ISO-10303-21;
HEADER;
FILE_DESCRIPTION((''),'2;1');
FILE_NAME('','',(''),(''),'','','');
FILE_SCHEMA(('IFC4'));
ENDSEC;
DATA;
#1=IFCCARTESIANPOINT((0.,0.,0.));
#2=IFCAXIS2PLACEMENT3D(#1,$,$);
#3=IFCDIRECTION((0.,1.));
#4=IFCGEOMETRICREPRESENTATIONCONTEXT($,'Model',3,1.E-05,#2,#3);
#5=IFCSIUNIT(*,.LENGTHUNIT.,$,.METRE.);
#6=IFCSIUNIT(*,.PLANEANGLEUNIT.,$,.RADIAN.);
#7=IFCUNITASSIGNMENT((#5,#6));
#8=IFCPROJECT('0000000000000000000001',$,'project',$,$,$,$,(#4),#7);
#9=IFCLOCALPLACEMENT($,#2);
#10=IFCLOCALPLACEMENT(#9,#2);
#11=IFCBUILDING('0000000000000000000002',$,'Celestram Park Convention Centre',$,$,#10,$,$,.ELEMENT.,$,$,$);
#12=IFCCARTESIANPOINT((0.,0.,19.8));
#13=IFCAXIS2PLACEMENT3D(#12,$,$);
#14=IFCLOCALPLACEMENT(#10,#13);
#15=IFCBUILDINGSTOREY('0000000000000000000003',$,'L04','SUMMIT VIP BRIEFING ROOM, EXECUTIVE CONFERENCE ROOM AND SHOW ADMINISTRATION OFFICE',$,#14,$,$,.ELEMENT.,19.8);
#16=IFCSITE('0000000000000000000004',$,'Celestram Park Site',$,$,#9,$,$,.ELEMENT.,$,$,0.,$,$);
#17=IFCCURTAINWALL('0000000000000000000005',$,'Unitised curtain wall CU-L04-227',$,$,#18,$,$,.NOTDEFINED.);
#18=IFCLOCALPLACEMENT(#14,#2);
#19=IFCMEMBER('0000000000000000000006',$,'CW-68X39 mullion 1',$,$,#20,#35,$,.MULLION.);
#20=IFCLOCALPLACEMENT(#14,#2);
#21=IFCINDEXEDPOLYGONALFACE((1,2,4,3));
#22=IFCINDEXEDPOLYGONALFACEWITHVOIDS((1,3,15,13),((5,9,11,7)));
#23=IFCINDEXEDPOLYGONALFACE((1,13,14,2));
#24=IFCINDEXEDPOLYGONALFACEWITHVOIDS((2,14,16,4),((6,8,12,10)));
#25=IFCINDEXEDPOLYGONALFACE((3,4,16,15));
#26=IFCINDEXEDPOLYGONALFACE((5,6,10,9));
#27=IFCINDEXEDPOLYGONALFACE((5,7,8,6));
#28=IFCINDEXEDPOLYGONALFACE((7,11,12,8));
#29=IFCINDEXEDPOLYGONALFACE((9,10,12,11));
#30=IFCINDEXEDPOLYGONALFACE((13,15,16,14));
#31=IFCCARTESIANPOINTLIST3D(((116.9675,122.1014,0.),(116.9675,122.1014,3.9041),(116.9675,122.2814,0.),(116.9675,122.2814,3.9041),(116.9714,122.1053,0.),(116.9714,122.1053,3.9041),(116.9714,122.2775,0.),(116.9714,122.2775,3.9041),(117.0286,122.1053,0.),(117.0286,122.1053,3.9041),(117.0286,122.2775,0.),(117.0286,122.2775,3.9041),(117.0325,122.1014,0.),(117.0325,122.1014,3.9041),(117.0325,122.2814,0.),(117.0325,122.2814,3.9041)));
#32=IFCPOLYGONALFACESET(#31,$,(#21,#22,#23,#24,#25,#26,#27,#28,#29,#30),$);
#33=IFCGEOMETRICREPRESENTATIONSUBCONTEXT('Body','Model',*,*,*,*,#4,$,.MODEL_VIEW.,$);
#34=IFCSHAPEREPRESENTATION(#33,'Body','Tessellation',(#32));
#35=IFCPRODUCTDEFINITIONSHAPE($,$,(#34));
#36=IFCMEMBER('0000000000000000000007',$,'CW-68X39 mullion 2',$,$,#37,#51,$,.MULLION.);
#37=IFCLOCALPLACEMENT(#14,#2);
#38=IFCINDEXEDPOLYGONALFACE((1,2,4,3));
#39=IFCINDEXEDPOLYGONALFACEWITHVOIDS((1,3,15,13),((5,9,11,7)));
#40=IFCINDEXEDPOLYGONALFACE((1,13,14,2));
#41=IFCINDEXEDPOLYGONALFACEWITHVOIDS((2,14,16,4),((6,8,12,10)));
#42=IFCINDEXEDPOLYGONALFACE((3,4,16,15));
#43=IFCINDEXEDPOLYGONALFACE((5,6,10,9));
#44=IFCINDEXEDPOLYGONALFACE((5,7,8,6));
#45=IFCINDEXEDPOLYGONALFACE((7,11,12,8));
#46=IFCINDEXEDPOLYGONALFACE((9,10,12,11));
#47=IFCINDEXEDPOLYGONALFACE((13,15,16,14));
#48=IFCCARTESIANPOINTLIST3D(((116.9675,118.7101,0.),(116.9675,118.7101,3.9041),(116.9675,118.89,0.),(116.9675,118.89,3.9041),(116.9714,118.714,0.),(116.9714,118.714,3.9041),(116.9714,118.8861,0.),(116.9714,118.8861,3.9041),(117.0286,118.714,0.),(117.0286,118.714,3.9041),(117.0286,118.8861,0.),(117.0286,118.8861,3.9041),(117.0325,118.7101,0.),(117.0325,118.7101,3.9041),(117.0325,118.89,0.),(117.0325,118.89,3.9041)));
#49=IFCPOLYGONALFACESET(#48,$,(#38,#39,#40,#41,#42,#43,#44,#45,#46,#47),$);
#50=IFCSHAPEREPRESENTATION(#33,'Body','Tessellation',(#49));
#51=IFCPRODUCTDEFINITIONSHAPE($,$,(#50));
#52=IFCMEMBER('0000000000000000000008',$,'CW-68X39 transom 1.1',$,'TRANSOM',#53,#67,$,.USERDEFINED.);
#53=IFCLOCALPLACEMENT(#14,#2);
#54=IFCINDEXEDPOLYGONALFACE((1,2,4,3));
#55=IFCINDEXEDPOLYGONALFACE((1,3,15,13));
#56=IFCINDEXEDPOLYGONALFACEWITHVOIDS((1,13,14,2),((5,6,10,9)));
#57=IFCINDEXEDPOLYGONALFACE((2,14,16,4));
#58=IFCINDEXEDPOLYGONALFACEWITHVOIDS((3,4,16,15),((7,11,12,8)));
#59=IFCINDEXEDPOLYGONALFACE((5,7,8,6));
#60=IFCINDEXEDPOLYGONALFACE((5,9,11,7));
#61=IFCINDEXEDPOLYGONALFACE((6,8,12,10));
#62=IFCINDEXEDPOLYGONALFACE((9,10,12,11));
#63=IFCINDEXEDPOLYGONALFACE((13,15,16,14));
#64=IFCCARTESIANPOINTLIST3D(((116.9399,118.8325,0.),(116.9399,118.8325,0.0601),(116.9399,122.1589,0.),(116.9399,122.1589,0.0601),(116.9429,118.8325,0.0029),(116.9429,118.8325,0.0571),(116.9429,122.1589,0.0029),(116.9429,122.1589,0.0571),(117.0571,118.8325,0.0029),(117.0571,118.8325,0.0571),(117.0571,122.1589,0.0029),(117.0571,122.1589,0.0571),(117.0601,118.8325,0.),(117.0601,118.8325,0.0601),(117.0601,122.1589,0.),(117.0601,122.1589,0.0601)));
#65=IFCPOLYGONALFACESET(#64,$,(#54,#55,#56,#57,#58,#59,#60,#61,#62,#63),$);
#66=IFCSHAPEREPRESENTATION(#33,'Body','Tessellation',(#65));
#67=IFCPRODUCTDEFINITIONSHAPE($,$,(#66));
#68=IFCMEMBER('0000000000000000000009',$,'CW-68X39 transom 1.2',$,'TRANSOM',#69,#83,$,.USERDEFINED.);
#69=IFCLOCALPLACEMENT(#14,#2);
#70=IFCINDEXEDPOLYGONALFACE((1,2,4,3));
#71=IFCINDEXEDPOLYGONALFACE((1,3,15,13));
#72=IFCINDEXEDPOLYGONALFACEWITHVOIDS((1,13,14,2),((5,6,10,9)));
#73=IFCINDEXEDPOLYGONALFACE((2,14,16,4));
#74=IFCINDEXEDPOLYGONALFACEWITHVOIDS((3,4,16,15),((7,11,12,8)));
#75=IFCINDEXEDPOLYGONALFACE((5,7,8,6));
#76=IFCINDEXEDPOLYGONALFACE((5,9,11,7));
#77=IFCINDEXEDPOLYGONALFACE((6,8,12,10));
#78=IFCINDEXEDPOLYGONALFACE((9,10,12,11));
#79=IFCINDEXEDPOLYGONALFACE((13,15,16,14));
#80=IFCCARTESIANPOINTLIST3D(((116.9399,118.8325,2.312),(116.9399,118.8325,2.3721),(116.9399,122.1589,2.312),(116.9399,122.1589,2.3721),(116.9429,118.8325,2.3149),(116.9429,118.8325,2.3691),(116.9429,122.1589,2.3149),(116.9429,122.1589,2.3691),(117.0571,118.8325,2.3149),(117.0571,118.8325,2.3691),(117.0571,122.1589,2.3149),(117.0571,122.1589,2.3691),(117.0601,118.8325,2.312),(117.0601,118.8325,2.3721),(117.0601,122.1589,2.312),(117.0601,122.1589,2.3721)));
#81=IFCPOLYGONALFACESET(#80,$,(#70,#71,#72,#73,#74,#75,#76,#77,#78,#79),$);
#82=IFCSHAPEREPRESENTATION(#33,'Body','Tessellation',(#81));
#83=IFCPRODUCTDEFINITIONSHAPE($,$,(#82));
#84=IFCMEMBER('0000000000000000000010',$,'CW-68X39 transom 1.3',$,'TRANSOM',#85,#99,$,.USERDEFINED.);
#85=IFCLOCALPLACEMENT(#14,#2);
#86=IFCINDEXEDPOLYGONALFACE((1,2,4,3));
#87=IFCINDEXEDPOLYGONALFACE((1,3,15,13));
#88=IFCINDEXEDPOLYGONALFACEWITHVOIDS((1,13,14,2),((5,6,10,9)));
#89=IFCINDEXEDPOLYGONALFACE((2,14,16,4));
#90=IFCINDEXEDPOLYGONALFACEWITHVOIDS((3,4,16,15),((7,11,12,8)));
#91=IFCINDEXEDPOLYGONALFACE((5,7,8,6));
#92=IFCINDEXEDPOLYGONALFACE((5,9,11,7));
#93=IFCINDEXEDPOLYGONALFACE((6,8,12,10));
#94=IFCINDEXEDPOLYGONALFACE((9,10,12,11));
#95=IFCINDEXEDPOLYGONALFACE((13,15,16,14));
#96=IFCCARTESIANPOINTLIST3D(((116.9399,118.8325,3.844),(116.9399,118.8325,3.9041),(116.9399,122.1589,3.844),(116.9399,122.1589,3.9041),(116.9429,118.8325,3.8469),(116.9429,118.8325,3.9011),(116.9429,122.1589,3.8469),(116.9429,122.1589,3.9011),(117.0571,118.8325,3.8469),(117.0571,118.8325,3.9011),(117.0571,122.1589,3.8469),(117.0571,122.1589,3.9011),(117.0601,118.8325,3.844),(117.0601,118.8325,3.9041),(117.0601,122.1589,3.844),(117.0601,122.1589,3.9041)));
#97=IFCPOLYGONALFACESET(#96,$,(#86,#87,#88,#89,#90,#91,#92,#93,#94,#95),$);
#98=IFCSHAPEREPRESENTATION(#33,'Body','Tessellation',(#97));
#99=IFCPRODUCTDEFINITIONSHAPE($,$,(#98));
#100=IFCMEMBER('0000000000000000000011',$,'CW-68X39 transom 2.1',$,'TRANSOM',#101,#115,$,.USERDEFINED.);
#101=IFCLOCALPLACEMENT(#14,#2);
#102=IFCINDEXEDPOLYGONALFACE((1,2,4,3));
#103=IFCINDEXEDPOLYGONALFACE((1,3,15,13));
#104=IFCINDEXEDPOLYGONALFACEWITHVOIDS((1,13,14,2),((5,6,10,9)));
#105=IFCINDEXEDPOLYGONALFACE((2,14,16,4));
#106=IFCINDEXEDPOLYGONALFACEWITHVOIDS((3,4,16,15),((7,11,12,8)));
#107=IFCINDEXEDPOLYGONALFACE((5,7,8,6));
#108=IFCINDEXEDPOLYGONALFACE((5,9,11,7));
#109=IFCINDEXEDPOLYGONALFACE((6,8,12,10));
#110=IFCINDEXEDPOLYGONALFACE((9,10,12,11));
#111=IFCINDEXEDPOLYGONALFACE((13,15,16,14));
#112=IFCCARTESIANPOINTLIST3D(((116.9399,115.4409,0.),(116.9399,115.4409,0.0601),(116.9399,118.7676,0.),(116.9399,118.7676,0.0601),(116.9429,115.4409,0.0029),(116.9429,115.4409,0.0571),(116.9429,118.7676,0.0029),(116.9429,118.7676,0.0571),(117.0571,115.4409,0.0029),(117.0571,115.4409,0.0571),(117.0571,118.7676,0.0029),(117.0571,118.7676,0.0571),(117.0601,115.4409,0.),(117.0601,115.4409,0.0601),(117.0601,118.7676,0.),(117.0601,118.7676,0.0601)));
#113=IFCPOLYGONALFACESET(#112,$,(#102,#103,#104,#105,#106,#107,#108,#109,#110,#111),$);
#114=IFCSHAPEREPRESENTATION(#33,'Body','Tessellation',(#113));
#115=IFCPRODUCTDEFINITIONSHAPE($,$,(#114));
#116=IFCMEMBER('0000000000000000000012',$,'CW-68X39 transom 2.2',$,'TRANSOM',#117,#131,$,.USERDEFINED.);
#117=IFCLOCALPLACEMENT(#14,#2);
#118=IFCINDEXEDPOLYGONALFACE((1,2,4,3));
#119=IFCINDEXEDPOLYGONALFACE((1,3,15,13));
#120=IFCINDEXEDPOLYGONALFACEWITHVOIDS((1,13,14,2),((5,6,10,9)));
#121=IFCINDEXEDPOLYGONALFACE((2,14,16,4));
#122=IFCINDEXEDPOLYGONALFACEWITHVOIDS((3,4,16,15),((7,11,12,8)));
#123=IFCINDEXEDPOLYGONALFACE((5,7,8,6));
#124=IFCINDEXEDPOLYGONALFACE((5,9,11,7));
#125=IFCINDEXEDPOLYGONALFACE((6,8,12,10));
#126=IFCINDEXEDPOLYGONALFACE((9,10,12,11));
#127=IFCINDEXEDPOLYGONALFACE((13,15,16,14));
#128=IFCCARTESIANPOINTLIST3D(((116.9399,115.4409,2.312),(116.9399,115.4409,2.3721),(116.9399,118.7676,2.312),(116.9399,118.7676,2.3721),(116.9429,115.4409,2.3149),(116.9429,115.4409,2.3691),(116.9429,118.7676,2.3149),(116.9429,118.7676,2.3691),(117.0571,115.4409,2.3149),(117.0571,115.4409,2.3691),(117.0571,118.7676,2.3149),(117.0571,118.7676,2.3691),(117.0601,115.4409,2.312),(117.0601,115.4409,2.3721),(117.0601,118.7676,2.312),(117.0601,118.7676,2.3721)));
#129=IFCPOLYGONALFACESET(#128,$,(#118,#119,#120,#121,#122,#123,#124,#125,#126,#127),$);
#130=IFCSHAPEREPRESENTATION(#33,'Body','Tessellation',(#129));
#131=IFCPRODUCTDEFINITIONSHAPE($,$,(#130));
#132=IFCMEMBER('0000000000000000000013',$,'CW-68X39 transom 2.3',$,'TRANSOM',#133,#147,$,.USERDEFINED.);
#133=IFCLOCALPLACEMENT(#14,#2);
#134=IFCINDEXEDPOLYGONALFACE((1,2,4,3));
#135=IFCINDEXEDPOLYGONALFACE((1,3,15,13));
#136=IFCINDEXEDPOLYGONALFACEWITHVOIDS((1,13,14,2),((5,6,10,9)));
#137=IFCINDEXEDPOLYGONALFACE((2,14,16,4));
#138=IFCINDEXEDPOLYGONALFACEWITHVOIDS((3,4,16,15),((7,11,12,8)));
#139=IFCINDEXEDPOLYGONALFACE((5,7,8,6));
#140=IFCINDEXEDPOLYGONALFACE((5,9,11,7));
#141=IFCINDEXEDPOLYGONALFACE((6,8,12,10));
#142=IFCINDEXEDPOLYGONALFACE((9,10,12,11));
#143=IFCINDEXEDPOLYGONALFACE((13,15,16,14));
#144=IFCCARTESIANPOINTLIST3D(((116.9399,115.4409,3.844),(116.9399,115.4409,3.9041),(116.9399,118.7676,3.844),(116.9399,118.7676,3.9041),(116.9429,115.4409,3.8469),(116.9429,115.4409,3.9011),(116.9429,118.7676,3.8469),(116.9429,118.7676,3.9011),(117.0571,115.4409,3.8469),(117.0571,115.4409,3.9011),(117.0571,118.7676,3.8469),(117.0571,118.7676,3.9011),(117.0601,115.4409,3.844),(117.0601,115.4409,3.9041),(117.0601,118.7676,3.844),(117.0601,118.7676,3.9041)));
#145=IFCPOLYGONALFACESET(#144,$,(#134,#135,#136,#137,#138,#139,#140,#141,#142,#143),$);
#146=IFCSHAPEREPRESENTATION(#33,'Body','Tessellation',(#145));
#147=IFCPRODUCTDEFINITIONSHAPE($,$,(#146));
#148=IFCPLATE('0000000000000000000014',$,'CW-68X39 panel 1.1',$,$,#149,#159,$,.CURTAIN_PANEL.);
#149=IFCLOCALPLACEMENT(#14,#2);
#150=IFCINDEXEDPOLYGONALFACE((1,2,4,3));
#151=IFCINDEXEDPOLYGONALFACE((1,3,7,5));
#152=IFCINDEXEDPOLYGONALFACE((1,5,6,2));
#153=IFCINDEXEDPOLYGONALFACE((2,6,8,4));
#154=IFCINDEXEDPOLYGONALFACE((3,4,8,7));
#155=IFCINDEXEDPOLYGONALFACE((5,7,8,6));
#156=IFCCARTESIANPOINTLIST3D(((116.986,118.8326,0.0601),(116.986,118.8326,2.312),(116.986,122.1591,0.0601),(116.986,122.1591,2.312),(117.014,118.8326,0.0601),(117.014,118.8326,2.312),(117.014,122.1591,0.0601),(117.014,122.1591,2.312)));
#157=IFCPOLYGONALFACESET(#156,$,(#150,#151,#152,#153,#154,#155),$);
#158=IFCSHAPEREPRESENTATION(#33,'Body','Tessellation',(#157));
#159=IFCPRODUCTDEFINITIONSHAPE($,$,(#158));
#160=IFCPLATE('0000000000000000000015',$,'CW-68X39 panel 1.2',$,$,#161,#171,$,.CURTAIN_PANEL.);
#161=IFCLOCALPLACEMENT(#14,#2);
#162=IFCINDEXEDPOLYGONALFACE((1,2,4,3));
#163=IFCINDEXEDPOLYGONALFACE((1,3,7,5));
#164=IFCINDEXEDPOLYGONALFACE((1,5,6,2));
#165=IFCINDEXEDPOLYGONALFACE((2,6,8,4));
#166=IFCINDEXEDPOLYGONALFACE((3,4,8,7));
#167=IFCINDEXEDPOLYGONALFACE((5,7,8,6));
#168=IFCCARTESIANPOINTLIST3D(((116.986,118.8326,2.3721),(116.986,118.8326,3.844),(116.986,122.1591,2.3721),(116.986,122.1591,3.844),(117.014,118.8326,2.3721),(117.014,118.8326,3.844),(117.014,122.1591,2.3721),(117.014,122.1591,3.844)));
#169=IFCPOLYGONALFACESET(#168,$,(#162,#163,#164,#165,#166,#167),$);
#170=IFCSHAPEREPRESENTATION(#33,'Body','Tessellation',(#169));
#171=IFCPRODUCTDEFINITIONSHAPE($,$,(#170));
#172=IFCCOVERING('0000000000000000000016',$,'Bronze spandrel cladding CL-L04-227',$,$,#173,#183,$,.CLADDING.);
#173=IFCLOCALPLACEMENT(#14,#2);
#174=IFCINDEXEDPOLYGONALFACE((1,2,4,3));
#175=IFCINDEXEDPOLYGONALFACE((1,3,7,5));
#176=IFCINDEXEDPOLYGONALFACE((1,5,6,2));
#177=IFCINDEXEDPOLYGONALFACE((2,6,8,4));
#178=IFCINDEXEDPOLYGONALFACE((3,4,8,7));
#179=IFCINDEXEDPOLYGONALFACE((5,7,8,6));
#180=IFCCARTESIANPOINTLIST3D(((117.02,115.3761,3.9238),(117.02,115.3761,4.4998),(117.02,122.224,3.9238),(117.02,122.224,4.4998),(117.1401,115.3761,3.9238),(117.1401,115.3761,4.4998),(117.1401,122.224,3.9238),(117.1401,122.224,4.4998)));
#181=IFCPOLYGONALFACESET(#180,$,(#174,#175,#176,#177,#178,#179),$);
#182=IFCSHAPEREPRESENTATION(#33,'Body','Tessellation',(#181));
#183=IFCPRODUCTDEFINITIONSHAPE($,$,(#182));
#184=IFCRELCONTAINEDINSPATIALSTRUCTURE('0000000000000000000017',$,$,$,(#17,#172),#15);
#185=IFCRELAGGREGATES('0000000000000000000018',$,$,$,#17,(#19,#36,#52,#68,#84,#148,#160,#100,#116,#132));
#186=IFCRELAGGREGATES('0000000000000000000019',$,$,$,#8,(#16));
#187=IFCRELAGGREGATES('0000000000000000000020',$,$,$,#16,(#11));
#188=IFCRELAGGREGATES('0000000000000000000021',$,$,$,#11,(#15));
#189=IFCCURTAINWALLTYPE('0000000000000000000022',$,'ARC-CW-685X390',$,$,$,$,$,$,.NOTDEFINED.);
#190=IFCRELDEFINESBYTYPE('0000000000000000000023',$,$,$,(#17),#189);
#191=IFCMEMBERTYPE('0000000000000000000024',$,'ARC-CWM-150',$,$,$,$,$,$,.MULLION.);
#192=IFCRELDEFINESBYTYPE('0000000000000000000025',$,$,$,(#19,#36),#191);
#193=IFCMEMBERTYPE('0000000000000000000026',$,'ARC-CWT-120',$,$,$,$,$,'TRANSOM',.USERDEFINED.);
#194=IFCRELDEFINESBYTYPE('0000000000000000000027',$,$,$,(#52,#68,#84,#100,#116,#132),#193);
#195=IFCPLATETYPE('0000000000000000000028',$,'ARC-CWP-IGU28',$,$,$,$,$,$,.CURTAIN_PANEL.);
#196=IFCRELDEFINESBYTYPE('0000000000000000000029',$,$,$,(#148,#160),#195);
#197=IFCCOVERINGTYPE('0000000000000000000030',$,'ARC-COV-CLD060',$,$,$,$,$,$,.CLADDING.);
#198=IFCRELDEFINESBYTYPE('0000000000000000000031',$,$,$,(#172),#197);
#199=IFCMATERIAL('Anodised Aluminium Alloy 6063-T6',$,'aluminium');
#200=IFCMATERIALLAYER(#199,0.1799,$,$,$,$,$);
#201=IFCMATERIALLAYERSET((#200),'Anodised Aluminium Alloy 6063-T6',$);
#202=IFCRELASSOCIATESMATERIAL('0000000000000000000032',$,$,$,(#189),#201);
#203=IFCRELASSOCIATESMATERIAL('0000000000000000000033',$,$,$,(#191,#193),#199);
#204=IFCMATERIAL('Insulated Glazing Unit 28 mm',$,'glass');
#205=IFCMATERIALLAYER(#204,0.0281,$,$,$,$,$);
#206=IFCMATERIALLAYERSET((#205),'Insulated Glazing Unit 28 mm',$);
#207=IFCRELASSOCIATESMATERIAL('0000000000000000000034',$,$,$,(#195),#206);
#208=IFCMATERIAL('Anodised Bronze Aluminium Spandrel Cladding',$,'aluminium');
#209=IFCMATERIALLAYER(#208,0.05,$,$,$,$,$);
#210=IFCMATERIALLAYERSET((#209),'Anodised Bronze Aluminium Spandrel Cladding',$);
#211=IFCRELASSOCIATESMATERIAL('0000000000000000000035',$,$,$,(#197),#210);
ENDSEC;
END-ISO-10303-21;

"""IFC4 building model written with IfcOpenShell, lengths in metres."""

from ifc_helpers import new_model, si_unit, direction, frame, origin, origin_2d, place, context, subcontext, project, spatial, rectangle, hollow_rectangle, extrude, material, layer, layer_set, material_profile, profile_set, type_object, element, aggregate, save


model = new_model("IFC4")

# Units and contexts
model_context = context("Model", 3, precision=1e-05, world=origin(), true_north=direction((0.0, 1.0)))
body_context = subcontext(model_context, "Body", "Model", "MODEL_VIEW")
ifc_project = project(units=[si_unit("LENGTHUNIT", "METRE"), si_unit("PLANEANGLEUNIT", "RADIAN")], contexts=[model_context])

# Site, building, storey
site_placement = place(None, origin())
site = spatial("IfcSite", under=ifc_project, at=site_placement, Name="Celestram Park Site", CompositionType="ELEMENT", RefElevation=0.0)
building_placement = place(site_placement, origin())
building = spatial("IfcBuilding", under=site, at=building_placement, Name="Celestram Park Convention Centre", CompositionType="ELEMENT")
storey_placement = place(building_placement, frame((0.0, 0.0, 19.8)))
storey = spatial("IfcBuildingStorey", under=building, at=storey_placement, Name="L04", Description="SUMMIT VIP BRIEFING ROOM, EXECUTIVE CONFERENCE ROOM AND SHOW ADMINISTRATION OFFICE", CompositionType="ELEMENT", Elevation=19.8)

# Curtain wall, members, plates
ifc_material_1 = material(Name="Anodised Aluminium Alloy 6063-T6", Category="aluminium")
ifc_layer_1 = layer(ifc_material_1, 0.1799)
ifc_layer_set_1 = layer_set([ifc_layer_1], Name="Anodised Aluminium Alloy 6063-T6")
curtain_wall_type = type_object("IfcCurtainWallType", Name="ARC-CW-685X390", PredefinedType="NOTDEFINED", material=ifc_layer_set_1)
curtain_wall_placement = place(storey_placement, origin())
curtain_wall = element("IfcCurtainWall", 1, at=curtain_wall_placement, inside=storey, type_object=curtain_wall_type, Name="Unitised curtain wall CU-L04-227", PredefinedType="NOTDEFINED")
ifc_material_profile_1 = material_profile(ifc_material_1, hollow_rectangle(XDim=0.0649, YDim=0.1799, WallThickness=0.0039, at=origin_2d()), Name="ALU65X180X4")
ifc_profile_set_1 = profile_set([ifc_material_profile_1], Name="Anodised Aluminium Alloy 6063-T6")
member_type_1 = type_object("IfcMemberType", Name="ARC-CWM-150", PredefinedType="MULLION", material=ifc_profile_set_1)
member_1_placement = place(storey_placement, frame((117.0, 122.1914, 0.0), z_axis=(0.0, 0.0, 1.0), x_axis=(1.0, 0.0, 0.0)))
member_1 = element("IfcMember", 2, at=member_1_placement, type_object=member_type_1, Name="CW-68X39 mullion 1", PredefinedType="MULLION", context=body_context, shape_type="SweptSolid", body=[
    extrude(hollow_rectangle(XDim=0.0649, YDim=0.1799, WallThickness=0.0039, at=origin_2d()), origin(), (0.0, 0.0, 1.0), 3.9041),
])
member_2_placement = place(storey_placement, frame((117.0, 118.8, 0.0), z_axis=(0.0, 0.0, 1.0), x_axis=(1.0, 0.0, 0.0)))
member_2 = element("IfcMember", 3, at=member_2_placement, type_object=member_type_1, Name="CW-68X39 mullion 2", PredefinedType="MULLION", context=body_context, shape_type="SweptSolid", body=[
    extrude(hollow_rectangle(XDim=0.0649, YDim=0.1799, WallThickness=0.0039, at=origin_2d()), origin(), (0.0, 0.0, 1.0), 3.9041),
])
ifc_material_profile_2 = material_profile(ifc_material_1, hollow_rectangle(XDim=0.1201, YDim=0.0601, WallThickness=0.0029, at=origin_2d()), Name="ALU120X60X3")
ifc_profile_set_2 = profile_set([ifc_material_profile_2], Name="Anodised Aluminium Alloy 6063-T6")
member_type_2 = type_object("IfcMemberType", Name="ARC-CWT-120", ElementType="TRANSOM", PredefinedType="USERDEFINED", material=ifc_profile_set_2)
member_3_placement = place(storey_placement, frame((117.0, 122.1589, 0.03), z_axis=(0.0, -1.0, 0.0), x_axis=(1.0, 0.0, 0.0)))
member_3 = element("IfcMember", 4, at=member_3_placement, type_object=member_type_2, Name="CW-68X39 transom 1.1", ObjectType="TRANSOM", PredefinedType="USERDEFINED", context=body_context, shape_type="SweptSolid", body=[
    extrude(hollow_rectangle(XDim=0.1201, YDim=0.0601, WallThickness=0.0029, at=origin_2d()), origin(), (0.0, 0.0, 1.0), 3.3264),
])
member_4_placement = place(storey_placement, frame((117.0, 122.1589, 2.342), z_axis=(0.0, -1.0, 0.0), x_axis=(1.0, 0.0, 0.0)))
member_4 = element("IfcMember", 5, at=member_4_placement, type_object=member_type_2, Name="CW-68X39 transom 1.2", ObjectType="TRANSOM", PredefinedType="USERDEFINED", context=body_context, shape_type="SweptSolid", body=[
    extrude(hollow_rectangle(XDim=0.1201, YDim=0.0601, WallThickness=0.0029, at=origin_2d()), origin(), (0.0, 0.0, 1.0), 3.3264),
])
member_5_placement = place(storey_placement, frame((117.0, 122.1589, 3.874), z_axis=(0.0, -1.0, 0.0), x_axis=(1.0, 0.0, 0.0)))
member_5 = element("IfcMember", 6, at=member_5_placement, type_object=member_type_2, Name="CW-68X39 transom 1.3", ObjectType="TRANSOM", PredefinedType="USERDEFINED", context=body_context, shape_type="SweptSolid", body=[
    extrude(hollow_rectangle(XDim=0.1201, YDim=0.0601, WallThickness=0.0029, at=origin_2d()), origin(), (0.0, 0.0, 1.0), 3.3264),
])
member_6_placement = place(storey_placement, frame((117.0, 118.7676, 0.03), z_axis=(0.0, -1.0, 0.0), x_axis=(1.0, 0.0, 0.0)))
member_6 = element("IfcMember", 7, at=member_6_placement, type_object=member_type_2, Name="CW-68X39 transom 2.1", ObjectType="TRANSOM", PredefinedType="USERDEFINED", context=body_context, shape_type="SweptSolid", body=[
    extrude(hollow_rectangle(XDim=0.1201, YDim=0.0601, WallThickness=0.0029, at=origin_2d()), origin(), (0.0, 0.0, 1.0), 3.3267),
])
member_7_placement = place(storey_placement, frame((117.0, 118.7676, 2.342), z_axis=(0.0, -1.0, 0.0), x_axis=(1.0, 0.0, 0.0)))
member_7 = element("IfcMember", 8, at=member_7_placement, type_object=member_type_2, Name="CW-68X39 transom 2.2", ObjectType="TRANSOM", PredefinedType="USERDEFINED", context=body_context, shape_type="SweptSolid", body=[
    extrude(hollow_rectangle(XDim=0.1201, YDim=0.0601, WallThickness=0.0029, at=origin_2d()), origin(), (0.0, 0.0, 1.0), 3.3267),
])
member_8_placement = place(storey_placement, frame((117.0, 118.7676, 3.874), z_axis=(0.0, -1.0, 0.0), x_axis=(1.0, 0.0, 0.0)))
member_8 = element("IfcMember", 9, at=member_8_placement, type_object=member_type_2, Name="CW-68X39 transom 2.3", ObjectType="TRANSOM", PredefinedType="USERDEFINED", context=body_context, shape_type="SweptSolid", body=[
    extrude(hollow_rectangle(XDim=0.1201, YDim=0.0601, WallThickness=0.0029, at=origin_2d()), origin(), (0.0, 0.0, 1.0), 3.3267),
])
ifc_material_2 = material(Name="Insulated Glazing Unit 28 mm", Category="glass")
ifc_layer_2 = layer(ifc_material_2, 0.0281)
ifc_layer_set_2 = layer_set([ifc_layer_2], Name="Insulated Glazing Unit 28 mm")
plate_type = type_object("IfcPlateType", Name="ARC-CWP-IGU28", PredefinedType="CURTAIN_PANEL", material=ifc_layer_set_2)
plate_1_placement = place(storey_placement, frame((117.0, 120.4958, 0.0601), z_axis=(0.0, 0.0, 1.0), x_axis=(0.0, -1.0, 0.0)))
plate_1 = element("IfcPlate", 10, at=plate_1_placement, type_object=plate_type, Name="CW-68X39 panel 1.1", PredefinedType="CURTAIN_PANEL", context=body_context, shape_type="SweptSolid", body=[
    extrude(rectangle(XDim=3.3264, YDim=0.0281, at=origin_2d()), origin(), (0.0, 0.0, 1.0), 2.252),
])
plate_2_placement = place(storey_placement, frame((117.0, 120.4958, 2.3721), z_axis=(0.0, 0.0, 1.0), x_axis=(0.0, -1.0, 0.0)))
plate_2 = element("IfcPlate", 11, at=plate_2_placement, type_object=plate_type, Name="CW-68X39 panel 1.2", PredefinedType="CURTAIN_PANEL", context=body_context, shape_type="SweptSolid", body=[
    extrude(rectangle(XDim=3.3264, YDim=0.0281, at=origin_2d()), origin(), (0.0, 0.0, 1.0), 1.4719),
])
aggregate(curtain_wall, [member_1, member_2, member_3, member_4, member_5, plate_1, plate_2, member_6, member_7, member_8])

# Covering
ifc_material_3 = material(Name="Anodised Bronze Aluminium Spandrel Cladding", Category="aluminium")
ifc_layer_3 = layer(ifc_material_3, 0.05)
ifc_layer_set_3 = layer_set([ifc_layer_3], Name="Anodised Bronze Aluminium Spandrel Cladding")
covering_type_1 = type_object("IfcCoveringType", Name="ARC-COV-CLD060", PredefinedType="CLADDING", material=ifc_layer_set_3)
covering_1_placement = place(storey_placement, frame((117.0801, 118.8, 3.9238), z_axis=(0.0, 0.0, 1.0), x_axis=(0.0, -1.0, 0.0)))
element("IfcCovering", 12, at=covering_1_placement, inside=storey, type_object=covering_type_1, Name="Bronze spandrel cladding CL-L04-227", PredefinedType="CLADDING", context=body_context, shape_type="SweptSolid", body=[
    extrude(rectangle(XDim=6.8479, YDim=0.1201, at=origin_2d()), origin(), (0.0, 0.0, 1.0), 0.5759),
])

save(model, "model.ifc")
